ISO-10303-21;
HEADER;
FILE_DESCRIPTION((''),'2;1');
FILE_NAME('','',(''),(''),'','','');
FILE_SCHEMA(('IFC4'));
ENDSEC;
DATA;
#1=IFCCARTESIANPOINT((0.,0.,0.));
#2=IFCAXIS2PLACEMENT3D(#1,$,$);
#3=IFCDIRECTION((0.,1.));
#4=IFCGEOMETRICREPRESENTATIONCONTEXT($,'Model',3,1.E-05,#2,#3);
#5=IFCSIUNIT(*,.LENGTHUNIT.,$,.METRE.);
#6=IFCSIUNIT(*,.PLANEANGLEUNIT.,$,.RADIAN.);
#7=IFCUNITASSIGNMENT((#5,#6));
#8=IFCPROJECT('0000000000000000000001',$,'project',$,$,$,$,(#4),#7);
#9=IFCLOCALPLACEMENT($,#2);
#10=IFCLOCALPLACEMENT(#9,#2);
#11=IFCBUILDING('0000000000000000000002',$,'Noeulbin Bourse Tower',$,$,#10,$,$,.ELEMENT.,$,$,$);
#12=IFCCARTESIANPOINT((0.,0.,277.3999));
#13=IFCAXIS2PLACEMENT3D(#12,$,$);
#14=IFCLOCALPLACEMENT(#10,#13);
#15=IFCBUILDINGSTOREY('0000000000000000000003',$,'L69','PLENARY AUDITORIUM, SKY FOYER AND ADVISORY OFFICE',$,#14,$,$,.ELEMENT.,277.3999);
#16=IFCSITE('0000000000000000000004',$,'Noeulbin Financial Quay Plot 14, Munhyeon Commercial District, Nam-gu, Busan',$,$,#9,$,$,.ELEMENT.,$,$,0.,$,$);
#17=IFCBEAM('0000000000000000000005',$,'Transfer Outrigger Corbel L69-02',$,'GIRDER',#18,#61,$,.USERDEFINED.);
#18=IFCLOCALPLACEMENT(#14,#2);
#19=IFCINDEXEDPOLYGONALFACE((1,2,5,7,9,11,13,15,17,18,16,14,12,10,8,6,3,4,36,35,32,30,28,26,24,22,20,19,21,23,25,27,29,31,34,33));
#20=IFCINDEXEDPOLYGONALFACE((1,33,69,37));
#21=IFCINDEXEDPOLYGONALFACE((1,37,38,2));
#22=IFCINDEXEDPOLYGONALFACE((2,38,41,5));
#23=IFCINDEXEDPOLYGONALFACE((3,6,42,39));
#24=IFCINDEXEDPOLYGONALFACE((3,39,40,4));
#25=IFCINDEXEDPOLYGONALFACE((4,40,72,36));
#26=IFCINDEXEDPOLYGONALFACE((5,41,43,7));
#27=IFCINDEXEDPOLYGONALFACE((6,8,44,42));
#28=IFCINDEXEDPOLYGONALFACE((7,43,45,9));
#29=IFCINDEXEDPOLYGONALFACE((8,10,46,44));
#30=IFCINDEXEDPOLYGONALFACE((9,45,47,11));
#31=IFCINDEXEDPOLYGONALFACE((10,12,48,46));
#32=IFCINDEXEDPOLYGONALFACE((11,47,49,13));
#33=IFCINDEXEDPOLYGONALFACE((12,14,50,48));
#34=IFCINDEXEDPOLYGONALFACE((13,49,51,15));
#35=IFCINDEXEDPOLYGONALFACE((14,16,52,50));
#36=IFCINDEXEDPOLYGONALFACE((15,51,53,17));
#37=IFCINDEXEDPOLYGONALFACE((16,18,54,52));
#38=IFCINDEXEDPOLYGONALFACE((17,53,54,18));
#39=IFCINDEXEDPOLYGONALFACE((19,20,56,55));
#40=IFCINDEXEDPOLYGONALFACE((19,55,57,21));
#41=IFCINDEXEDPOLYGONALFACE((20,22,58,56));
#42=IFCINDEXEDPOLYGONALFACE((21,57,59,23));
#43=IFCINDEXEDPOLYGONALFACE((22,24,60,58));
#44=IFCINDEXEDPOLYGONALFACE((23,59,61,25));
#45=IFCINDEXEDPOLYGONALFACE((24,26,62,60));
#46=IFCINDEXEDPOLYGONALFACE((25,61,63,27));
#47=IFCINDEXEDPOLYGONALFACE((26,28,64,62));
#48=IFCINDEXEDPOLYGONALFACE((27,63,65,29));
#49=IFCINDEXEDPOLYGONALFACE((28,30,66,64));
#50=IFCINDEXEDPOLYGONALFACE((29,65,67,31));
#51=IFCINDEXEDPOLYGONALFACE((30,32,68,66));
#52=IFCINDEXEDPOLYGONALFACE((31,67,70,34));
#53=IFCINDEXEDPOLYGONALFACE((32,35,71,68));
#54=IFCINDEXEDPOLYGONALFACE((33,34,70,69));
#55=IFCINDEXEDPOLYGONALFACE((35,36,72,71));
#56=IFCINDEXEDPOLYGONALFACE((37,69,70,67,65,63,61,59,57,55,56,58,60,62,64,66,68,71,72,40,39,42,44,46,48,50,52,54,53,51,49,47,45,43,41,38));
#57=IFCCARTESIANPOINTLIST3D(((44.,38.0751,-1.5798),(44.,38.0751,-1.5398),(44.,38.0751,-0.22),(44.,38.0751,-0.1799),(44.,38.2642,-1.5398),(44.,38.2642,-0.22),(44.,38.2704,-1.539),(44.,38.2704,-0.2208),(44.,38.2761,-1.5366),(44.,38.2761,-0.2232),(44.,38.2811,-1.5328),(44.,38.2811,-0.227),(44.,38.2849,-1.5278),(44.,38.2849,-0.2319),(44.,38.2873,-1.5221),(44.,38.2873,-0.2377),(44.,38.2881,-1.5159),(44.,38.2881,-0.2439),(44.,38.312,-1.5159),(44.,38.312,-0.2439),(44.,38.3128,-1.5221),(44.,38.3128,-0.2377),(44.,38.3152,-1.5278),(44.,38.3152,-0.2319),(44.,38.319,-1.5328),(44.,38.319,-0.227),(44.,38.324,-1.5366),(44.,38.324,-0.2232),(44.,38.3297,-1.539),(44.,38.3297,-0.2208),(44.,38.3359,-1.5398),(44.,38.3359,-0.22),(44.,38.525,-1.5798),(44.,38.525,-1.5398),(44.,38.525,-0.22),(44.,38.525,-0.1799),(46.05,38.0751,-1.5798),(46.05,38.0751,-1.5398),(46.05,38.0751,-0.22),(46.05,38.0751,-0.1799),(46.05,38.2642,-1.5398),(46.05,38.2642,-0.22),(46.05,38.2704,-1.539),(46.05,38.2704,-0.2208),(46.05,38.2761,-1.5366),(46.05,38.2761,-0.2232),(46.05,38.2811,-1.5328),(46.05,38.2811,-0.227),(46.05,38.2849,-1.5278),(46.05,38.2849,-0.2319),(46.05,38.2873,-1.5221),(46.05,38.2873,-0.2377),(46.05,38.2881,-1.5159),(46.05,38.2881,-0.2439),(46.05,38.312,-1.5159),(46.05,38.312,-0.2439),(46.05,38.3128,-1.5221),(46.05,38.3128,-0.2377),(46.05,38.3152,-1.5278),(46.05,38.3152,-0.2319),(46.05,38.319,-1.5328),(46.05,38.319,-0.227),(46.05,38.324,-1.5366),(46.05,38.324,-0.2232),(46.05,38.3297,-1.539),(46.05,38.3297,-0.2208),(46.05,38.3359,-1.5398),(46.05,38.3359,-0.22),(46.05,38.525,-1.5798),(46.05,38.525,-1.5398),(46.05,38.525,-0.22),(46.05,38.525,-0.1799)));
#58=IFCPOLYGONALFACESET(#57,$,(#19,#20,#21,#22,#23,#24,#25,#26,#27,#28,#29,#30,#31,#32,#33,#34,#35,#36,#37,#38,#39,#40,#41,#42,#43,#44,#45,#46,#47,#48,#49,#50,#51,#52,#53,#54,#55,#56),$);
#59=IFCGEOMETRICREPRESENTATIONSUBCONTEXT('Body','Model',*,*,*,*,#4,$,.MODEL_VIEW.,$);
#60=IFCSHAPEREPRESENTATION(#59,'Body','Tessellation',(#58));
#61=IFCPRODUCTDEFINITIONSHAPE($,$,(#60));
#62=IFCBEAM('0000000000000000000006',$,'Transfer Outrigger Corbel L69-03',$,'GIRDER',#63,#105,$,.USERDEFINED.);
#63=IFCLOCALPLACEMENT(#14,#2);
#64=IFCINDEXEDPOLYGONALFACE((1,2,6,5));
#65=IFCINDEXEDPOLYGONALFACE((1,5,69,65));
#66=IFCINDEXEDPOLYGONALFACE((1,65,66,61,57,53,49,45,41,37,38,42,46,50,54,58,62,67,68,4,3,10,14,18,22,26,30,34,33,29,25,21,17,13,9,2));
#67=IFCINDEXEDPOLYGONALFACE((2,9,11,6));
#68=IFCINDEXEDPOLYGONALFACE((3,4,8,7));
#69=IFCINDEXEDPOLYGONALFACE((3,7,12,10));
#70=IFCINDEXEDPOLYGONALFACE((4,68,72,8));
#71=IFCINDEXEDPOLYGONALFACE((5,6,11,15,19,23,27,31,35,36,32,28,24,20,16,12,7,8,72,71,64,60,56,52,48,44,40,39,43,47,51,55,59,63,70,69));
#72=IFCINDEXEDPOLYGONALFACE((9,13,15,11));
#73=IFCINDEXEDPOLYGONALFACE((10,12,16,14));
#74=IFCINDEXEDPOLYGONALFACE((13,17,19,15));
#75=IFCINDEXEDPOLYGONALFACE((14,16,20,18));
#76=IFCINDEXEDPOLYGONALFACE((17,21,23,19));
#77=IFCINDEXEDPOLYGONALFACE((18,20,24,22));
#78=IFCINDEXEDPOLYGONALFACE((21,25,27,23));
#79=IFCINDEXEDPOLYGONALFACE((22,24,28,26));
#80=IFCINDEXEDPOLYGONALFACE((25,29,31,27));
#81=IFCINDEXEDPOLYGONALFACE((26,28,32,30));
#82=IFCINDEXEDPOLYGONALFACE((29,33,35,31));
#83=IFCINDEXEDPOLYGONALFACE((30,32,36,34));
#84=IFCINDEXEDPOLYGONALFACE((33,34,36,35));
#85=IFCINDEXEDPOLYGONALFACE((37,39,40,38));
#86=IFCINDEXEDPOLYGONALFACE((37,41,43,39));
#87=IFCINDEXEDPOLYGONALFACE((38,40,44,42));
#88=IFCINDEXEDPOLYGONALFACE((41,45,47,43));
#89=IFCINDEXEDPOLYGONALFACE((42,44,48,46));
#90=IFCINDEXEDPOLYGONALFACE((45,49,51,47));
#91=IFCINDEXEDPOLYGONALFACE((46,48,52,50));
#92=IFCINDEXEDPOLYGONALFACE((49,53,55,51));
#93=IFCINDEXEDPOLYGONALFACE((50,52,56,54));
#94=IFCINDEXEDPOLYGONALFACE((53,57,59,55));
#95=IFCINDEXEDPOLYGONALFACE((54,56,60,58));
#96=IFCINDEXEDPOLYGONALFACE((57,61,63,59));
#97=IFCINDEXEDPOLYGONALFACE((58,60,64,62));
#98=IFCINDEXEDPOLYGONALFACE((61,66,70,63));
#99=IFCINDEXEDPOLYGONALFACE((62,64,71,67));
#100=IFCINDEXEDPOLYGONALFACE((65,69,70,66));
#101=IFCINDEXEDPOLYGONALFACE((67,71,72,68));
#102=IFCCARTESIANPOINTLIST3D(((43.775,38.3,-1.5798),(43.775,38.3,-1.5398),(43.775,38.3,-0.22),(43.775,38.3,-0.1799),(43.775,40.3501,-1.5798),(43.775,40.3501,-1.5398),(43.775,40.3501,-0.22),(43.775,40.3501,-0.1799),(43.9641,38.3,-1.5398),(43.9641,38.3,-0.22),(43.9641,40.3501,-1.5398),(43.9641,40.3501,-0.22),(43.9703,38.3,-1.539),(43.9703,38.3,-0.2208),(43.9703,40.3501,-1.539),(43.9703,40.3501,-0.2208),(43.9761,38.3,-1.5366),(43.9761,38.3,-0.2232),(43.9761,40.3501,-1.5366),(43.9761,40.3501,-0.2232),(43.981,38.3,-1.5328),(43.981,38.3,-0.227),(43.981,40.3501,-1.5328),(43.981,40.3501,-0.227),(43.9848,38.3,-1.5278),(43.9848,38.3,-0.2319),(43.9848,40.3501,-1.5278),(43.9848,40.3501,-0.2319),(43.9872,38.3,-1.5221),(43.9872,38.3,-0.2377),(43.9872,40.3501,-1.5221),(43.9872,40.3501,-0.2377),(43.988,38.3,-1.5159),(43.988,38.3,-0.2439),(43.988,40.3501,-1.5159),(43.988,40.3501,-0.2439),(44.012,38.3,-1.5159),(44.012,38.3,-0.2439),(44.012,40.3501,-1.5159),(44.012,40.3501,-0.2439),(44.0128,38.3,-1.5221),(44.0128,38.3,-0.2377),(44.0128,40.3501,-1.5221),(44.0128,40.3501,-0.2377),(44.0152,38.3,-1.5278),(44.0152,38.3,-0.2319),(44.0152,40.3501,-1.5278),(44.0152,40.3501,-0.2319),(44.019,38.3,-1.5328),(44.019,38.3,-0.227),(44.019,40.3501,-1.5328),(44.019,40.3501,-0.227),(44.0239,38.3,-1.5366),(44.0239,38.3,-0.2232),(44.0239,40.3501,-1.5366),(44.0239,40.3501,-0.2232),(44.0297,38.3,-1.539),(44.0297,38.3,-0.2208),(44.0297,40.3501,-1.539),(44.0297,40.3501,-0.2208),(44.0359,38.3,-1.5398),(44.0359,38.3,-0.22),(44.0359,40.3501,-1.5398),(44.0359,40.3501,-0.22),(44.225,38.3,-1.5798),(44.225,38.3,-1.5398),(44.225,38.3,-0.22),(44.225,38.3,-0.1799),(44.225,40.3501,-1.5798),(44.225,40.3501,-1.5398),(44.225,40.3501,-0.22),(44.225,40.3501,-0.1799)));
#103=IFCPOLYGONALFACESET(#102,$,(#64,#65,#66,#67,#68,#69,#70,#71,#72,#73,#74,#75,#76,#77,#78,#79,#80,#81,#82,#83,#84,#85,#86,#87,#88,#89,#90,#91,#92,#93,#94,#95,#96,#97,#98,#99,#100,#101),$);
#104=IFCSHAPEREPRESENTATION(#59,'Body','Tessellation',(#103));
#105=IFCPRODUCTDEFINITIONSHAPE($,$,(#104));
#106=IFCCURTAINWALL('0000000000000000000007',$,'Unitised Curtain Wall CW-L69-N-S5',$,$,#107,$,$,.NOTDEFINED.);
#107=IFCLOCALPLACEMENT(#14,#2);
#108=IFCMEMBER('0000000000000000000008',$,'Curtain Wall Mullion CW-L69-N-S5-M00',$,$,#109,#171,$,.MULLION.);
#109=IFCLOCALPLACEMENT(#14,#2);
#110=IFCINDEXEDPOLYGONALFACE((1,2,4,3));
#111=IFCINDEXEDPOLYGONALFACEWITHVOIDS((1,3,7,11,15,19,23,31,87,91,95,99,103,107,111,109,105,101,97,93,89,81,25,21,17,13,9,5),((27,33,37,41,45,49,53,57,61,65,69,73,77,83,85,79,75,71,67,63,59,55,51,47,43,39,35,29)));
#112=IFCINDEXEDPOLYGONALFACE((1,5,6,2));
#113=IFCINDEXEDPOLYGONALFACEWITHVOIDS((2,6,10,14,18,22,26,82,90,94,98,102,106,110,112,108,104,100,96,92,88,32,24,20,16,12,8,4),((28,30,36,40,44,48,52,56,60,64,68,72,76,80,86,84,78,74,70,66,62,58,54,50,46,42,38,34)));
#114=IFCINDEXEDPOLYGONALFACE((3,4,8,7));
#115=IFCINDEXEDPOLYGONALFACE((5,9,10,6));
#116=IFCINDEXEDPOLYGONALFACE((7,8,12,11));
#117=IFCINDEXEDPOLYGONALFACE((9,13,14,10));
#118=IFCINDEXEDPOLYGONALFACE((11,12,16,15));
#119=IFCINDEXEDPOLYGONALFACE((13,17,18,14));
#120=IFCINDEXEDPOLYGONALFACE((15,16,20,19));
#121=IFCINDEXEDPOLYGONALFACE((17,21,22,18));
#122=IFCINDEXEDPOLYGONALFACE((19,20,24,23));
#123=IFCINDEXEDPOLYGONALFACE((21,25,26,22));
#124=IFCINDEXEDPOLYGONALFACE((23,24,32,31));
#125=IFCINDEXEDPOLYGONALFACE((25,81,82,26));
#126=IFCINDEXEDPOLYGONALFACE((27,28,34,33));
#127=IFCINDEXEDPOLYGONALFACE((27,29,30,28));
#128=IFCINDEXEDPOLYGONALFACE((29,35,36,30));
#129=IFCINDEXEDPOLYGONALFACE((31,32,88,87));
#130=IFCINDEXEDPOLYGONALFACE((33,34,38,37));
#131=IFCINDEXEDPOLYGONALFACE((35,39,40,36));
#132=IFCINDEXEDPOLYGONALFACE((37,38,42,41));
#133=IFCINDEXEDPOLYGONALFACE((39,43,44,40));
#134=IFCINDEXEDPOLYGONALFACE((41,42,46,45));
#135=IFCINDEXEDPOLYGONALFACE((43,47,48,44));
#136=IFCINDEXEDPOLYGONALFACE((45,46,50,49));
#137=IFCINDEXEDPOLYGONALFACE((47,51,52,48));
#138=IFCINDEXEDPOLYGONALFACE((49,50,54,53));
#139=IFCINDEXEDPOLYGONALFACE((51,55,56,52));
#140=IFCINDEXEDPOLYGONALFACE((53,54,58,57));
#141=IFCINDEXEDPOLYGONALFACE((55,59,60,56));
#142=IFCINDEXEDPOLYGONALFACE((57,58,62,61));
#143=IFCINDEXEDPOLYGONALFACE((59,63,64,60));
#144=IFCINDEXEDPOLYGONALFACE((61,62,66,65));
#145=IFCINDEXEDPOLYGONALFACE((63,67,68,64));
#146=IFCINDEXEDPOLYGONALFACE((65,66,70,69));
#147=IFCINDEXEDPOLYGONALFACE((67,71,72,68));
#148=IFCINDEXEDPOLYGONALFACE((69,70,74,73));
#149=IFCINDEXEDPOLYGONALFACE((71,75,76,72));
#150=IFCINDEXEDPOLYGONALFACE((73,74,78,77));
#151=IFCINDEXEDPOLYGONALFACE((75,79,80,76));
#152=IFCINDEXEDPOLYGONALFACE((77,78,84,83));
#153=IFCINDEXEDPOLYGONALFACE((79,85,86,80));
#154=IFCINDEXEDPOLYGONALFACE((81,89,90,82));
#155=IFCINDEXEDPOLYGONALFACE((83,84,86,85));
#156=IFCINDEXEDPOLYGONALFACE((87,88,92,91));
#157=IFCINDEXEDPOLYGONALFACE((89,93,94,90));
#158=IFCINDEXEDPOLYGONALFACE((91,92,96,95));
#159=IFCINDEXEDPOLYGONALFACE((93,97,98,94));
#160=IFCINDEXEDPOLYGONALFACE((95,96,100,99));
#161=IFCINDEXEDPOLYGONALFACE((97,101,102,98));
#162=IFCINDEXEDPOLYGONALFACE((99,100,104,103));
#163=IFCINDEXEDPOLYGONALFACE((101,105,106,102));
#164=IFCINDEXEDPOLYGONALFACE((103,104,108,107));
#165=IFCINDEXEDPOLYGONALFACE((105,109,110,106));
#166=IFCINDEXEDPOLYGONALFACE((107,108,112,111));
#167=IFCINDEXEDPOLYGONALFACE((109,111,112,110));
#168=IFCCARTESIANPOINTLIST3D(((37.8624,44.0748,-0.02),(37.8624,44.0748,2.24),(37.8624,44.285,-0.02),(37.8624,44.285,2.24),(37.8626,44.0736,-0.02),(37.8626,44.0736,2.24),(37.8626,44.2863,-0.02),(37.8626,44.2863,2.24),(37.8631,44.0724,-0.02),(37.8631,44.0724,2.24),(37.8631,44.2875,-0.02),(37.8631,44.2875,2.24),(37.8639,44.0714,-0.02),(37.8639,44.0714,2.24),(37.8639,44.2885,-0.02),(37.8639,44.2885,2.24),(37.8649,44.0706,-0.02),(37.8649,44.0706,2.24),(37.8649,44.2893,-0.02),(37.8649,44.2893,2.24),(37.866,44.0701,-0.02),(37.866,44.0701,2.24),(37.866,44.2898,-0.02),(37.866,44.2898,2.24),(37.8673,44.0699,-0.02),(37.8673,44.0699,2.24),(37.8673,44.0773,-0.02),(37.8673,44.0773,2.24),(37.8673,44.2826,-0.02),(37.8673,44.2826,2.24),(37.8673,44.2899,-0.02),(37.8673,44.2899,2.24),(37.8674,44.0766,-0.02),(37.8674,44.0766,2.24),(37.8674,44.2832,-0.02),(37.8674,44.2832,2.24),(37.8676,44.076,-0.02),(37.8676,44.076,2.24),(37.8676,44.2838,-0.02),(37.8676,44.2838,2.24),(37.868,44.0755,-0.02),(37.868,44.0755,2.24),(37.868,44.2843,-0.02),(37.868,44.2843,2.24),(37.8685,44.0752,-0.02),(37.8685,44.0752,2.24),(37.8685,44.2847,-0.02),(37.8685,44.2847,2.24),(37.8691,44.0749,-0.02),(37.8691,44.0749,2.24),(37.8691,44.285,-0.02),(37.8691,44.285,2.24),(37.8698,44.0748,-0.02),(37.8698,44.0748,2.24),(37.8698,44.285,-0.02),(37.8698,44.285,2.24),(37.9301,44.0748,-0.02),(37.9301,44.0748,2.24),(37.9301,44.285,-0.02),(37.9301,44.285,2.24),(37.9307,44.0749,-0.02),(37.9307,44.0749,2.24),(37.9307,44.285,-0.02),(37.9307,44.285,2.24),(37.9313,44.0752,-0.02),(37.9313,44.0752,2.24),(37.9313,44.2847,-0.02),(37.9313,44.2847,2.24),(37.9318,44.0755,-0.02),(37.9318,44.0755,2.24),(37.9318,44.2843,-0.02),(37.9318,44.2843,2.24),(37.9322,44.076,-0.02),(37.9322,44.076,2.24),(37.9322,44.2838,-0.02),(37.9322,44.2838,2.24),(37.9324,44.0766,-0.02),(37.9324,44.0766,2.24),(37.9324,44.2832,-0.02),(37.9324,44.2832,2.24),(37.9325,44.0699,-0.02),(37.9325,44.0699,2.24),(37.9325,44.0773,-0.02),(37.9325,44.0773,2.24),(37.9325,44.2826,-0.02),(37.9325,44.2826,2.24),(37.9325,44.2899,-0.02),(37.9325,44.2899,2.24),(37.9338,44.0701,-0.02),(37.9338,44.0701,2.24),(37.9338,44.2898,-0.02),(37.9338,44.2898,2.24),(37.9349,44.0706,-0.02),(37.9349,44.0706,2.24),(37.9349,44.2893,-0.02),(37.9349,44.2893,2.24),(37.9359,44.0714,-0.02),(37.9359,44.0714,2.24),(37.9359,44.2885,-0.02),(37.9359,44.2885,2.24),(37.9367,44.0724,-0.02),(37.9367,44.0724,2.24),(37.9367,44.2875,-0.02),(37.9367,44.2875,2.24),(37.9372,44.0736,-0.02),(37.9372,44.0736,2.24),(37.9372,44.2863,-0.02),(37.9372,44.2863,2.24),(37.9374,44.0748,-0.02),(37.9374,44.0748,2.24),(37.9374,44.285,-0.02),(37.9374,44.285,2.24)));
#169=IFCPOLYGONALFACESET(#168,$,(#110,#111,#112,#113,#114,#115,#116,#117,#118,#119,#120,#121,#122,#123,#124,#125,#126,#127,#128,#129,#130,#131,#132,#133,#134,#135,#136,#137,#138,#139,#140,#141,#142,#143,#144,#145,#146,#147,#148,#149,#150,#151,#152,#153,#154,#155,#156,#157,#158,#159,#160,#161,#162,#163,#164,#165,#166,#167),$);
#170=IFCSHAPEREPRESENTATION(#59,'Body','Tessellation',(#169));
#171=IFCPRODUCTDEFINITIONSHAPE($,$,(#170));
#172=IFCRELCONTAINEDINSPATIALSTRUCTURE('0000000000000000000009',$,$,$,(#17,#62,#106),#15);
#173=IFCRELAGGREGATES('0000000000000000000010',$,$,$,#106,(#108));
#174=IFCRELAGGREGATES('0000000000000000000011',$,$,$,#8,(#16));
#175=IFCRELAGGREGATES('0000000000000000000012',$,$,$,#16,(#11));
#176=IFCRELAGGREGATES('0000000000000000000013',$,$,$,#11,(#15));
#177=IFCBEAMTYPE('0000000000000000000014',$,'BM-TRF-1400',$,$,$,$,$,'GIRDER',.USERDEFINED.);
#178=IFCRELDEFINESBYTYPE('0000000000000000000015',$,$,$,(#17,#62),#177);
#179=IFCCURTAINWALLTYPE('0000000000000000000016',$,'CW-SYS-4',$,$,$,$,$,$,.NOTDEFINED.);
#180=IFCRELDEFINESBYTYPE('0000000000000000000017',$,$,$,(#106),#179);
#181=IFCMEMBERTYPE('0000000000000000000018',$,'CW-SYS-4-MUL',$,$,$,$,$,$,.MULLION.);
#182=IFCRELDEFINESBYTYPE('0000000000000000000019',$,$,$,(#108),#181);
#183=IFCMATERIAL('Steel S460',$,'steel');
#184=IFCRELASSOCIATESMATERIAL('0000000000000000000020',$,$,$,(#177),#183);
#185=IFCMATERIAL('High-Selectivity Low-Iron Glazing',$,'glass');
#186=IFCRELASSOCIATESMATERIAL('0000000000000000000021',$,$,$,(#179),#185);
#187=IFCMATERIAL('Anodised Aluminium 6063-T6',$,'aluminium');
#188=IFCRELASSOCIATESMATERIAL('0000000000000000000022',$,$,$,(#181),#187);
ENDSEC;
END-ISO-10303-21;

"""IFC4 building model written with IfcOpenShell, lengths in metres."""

from ifc_helpers import new_model, si_unit, direction, frame, origin, origin_2d, place, context, subcontext, project, spatial, hollow_rectangle, i_section, extrude, material, material_profile, profile_set, type_object, element, aggregate, save


model = new_model("IFC4")

# Units and contexts
model_context = context("Model", 3, precision=1e-05, world=origin(), true_north=direction((0.0, 1.0)))
body_context = subcontext(model_context, "Body", "Model", "MODEL_VIEW")
ifc_project = project(units=[si_unit("LENGTHUNIT", "METRE"), si_unit("PLANEANGLEUNIT", "RADIAN")], contexts=[model_context])

# Site, building, storey
site_placement = place(None, origin())
site = spatial("IfcSite", under=ifc_project, at=site_placement, Name="Noeulbin Financial Quay Plot 14, Munhyeon Commercial District, Nam-gu, Busan", CompositionType="ELEMENT", RefElevation=0.0)
building_placement = place(site_placement, origin())
building = spatial("IfcBuilding", under=site, at=building_placement, Name="Noeulbin Bourse Tower", CompositionType="ELEMENT")
storey_placement = place(building_placement, frame((0.0, 0.0, 277.3999)))
storey = spatial("IfcBuildingStorey", under=building, at=storey_placement, Name="L69", Description="PLENARY AUDITORIUM, SKY FOYER AND ADVISORY OFFICE", CompositionType="ELEMENT", Elevation=277.3999)

# Beams
ifc_material_1 = material(Name="Steel S460", Category="steel")
ifc_material_profile_1 = material_profile(ifc_material_1, i_section(OverallWidth=0.45, OverallDepth=1.3999, WebThickness=0.0239, FlangeThickness=0.04, FilletRadius=0.0239, at=origin_2d()), Name="PG-1400x450x24x40", Category="LoadBearing")
ifc_profile_set_1 = profile_set([ifc_material_profile_1], Name="Steel S460")
beam_type_1 = type_object("IfcBeamType", Name="BM-TRF-1400", ElementType="GIRDER", PredefinedType="USERDEFINED", material=ifc_profile_set_1)
for number, where, z_axis, x_axis, name in (
    (1, (44.0, 38.3, -0.8799), (1.0, 0.0, 0.0), (0.0, 1.0, 0.0), "Transfer Outrigger Corbel L69-02"),
    (2, (44.0, 38.3, -0.8799), (0.0, 1.0, 0.0), (-1.0, 0.0, 0.0), "Transfer Outrigger Corbel L69-03"),
):
    element("IfcBeam", number, at=place(storey_placement, frame(where, z_axis=z_axis, x_axis=x_axis)), inside=storey, type_object=beam_type_1, Name=name, ObjectType="GIRDER", PredefinedType="USERDEFINED", context=body_context, shape_type="SweptSolid", body=[
        extrude(i_section(OverallWidth=0.45, OverallDepth=1.3999, WebThickness=0.0239, FlangeThickness=0.04, FilletRadius=0.0239, at=origin_2d()), origin(), (0.0, 0.0, 1.0), 2.05),
    ])

# Curtain wall, member
ifc_material_2 = material(Name="High-Selectivity Low-Iron Glazing", Category="glass")
curtain_wall_type = type_object("IfcCurtainWallType", Name="CW-SYS-4", PredefinedType="NOTDEFINED", material=ifc_material_2)
curtain_wall_1_placement = place(storey_placement, origin())
curtain_wall_1 = element("IfcCurtainWall", 3, at=curtain_wall_1_placement, inside=storey, type_object=curtain_wall_type, Name="Unitised Curtain Wall CW-L69-N-S5", PredefinedType="NOTDEFINED")
ifc_material_3 = material(Name="Anodised Aluminium 6063-T6", Category="aluminium")
ifc_material_profile_2 = material_profile(ifc_material_3, hollow_rectangle(XDim=0.075, YDim=0.22, WallThickness=0.0049, InnerFilletRadius=0.0024, OuterFilletRadius=0.0049, at=origin_2d()), Name="ALU-MULL-75x220x5", Category="LoadBearing")
ifc_profile_set_2 = profile_set([ifc_material_profile_2], Name="Anodised Aluminium 6063-T6")
member_type_1 = type_object("IfcMemberType", Name="CW-SYS-4-MUL", PredefinedType="MULLION", material=ifc_profile_set_2)
member_1_placement = place(storey_placement, frame((37.8999, 44.1799, -0.02), z_axis=(0.0, 0.0, 1.0), x_axis=(1.0, 0.0, 0.0)))
member_1 = element("IfcMember", 4, at=member_1_placement, type_object=member_type_1, Name="Curtain Wall Mullion CW-L69-N-S5-M00", PredefinedType="MULLION", context=body_context, shape_type="SweptSolid", body=[
    extrude(hollow_rectangle(XDim=0.075, YDim=0.22, WallThickness=0.0049, InnerFilletRadius=0.0024, OuterFilletRadius=0.0049, at=origin_2d()), origin(), (0.0, 0.0, 1.0), 2.26),
])

aggregate(curtain_wall_1, [member_1])

save(model, "model.ifc")
